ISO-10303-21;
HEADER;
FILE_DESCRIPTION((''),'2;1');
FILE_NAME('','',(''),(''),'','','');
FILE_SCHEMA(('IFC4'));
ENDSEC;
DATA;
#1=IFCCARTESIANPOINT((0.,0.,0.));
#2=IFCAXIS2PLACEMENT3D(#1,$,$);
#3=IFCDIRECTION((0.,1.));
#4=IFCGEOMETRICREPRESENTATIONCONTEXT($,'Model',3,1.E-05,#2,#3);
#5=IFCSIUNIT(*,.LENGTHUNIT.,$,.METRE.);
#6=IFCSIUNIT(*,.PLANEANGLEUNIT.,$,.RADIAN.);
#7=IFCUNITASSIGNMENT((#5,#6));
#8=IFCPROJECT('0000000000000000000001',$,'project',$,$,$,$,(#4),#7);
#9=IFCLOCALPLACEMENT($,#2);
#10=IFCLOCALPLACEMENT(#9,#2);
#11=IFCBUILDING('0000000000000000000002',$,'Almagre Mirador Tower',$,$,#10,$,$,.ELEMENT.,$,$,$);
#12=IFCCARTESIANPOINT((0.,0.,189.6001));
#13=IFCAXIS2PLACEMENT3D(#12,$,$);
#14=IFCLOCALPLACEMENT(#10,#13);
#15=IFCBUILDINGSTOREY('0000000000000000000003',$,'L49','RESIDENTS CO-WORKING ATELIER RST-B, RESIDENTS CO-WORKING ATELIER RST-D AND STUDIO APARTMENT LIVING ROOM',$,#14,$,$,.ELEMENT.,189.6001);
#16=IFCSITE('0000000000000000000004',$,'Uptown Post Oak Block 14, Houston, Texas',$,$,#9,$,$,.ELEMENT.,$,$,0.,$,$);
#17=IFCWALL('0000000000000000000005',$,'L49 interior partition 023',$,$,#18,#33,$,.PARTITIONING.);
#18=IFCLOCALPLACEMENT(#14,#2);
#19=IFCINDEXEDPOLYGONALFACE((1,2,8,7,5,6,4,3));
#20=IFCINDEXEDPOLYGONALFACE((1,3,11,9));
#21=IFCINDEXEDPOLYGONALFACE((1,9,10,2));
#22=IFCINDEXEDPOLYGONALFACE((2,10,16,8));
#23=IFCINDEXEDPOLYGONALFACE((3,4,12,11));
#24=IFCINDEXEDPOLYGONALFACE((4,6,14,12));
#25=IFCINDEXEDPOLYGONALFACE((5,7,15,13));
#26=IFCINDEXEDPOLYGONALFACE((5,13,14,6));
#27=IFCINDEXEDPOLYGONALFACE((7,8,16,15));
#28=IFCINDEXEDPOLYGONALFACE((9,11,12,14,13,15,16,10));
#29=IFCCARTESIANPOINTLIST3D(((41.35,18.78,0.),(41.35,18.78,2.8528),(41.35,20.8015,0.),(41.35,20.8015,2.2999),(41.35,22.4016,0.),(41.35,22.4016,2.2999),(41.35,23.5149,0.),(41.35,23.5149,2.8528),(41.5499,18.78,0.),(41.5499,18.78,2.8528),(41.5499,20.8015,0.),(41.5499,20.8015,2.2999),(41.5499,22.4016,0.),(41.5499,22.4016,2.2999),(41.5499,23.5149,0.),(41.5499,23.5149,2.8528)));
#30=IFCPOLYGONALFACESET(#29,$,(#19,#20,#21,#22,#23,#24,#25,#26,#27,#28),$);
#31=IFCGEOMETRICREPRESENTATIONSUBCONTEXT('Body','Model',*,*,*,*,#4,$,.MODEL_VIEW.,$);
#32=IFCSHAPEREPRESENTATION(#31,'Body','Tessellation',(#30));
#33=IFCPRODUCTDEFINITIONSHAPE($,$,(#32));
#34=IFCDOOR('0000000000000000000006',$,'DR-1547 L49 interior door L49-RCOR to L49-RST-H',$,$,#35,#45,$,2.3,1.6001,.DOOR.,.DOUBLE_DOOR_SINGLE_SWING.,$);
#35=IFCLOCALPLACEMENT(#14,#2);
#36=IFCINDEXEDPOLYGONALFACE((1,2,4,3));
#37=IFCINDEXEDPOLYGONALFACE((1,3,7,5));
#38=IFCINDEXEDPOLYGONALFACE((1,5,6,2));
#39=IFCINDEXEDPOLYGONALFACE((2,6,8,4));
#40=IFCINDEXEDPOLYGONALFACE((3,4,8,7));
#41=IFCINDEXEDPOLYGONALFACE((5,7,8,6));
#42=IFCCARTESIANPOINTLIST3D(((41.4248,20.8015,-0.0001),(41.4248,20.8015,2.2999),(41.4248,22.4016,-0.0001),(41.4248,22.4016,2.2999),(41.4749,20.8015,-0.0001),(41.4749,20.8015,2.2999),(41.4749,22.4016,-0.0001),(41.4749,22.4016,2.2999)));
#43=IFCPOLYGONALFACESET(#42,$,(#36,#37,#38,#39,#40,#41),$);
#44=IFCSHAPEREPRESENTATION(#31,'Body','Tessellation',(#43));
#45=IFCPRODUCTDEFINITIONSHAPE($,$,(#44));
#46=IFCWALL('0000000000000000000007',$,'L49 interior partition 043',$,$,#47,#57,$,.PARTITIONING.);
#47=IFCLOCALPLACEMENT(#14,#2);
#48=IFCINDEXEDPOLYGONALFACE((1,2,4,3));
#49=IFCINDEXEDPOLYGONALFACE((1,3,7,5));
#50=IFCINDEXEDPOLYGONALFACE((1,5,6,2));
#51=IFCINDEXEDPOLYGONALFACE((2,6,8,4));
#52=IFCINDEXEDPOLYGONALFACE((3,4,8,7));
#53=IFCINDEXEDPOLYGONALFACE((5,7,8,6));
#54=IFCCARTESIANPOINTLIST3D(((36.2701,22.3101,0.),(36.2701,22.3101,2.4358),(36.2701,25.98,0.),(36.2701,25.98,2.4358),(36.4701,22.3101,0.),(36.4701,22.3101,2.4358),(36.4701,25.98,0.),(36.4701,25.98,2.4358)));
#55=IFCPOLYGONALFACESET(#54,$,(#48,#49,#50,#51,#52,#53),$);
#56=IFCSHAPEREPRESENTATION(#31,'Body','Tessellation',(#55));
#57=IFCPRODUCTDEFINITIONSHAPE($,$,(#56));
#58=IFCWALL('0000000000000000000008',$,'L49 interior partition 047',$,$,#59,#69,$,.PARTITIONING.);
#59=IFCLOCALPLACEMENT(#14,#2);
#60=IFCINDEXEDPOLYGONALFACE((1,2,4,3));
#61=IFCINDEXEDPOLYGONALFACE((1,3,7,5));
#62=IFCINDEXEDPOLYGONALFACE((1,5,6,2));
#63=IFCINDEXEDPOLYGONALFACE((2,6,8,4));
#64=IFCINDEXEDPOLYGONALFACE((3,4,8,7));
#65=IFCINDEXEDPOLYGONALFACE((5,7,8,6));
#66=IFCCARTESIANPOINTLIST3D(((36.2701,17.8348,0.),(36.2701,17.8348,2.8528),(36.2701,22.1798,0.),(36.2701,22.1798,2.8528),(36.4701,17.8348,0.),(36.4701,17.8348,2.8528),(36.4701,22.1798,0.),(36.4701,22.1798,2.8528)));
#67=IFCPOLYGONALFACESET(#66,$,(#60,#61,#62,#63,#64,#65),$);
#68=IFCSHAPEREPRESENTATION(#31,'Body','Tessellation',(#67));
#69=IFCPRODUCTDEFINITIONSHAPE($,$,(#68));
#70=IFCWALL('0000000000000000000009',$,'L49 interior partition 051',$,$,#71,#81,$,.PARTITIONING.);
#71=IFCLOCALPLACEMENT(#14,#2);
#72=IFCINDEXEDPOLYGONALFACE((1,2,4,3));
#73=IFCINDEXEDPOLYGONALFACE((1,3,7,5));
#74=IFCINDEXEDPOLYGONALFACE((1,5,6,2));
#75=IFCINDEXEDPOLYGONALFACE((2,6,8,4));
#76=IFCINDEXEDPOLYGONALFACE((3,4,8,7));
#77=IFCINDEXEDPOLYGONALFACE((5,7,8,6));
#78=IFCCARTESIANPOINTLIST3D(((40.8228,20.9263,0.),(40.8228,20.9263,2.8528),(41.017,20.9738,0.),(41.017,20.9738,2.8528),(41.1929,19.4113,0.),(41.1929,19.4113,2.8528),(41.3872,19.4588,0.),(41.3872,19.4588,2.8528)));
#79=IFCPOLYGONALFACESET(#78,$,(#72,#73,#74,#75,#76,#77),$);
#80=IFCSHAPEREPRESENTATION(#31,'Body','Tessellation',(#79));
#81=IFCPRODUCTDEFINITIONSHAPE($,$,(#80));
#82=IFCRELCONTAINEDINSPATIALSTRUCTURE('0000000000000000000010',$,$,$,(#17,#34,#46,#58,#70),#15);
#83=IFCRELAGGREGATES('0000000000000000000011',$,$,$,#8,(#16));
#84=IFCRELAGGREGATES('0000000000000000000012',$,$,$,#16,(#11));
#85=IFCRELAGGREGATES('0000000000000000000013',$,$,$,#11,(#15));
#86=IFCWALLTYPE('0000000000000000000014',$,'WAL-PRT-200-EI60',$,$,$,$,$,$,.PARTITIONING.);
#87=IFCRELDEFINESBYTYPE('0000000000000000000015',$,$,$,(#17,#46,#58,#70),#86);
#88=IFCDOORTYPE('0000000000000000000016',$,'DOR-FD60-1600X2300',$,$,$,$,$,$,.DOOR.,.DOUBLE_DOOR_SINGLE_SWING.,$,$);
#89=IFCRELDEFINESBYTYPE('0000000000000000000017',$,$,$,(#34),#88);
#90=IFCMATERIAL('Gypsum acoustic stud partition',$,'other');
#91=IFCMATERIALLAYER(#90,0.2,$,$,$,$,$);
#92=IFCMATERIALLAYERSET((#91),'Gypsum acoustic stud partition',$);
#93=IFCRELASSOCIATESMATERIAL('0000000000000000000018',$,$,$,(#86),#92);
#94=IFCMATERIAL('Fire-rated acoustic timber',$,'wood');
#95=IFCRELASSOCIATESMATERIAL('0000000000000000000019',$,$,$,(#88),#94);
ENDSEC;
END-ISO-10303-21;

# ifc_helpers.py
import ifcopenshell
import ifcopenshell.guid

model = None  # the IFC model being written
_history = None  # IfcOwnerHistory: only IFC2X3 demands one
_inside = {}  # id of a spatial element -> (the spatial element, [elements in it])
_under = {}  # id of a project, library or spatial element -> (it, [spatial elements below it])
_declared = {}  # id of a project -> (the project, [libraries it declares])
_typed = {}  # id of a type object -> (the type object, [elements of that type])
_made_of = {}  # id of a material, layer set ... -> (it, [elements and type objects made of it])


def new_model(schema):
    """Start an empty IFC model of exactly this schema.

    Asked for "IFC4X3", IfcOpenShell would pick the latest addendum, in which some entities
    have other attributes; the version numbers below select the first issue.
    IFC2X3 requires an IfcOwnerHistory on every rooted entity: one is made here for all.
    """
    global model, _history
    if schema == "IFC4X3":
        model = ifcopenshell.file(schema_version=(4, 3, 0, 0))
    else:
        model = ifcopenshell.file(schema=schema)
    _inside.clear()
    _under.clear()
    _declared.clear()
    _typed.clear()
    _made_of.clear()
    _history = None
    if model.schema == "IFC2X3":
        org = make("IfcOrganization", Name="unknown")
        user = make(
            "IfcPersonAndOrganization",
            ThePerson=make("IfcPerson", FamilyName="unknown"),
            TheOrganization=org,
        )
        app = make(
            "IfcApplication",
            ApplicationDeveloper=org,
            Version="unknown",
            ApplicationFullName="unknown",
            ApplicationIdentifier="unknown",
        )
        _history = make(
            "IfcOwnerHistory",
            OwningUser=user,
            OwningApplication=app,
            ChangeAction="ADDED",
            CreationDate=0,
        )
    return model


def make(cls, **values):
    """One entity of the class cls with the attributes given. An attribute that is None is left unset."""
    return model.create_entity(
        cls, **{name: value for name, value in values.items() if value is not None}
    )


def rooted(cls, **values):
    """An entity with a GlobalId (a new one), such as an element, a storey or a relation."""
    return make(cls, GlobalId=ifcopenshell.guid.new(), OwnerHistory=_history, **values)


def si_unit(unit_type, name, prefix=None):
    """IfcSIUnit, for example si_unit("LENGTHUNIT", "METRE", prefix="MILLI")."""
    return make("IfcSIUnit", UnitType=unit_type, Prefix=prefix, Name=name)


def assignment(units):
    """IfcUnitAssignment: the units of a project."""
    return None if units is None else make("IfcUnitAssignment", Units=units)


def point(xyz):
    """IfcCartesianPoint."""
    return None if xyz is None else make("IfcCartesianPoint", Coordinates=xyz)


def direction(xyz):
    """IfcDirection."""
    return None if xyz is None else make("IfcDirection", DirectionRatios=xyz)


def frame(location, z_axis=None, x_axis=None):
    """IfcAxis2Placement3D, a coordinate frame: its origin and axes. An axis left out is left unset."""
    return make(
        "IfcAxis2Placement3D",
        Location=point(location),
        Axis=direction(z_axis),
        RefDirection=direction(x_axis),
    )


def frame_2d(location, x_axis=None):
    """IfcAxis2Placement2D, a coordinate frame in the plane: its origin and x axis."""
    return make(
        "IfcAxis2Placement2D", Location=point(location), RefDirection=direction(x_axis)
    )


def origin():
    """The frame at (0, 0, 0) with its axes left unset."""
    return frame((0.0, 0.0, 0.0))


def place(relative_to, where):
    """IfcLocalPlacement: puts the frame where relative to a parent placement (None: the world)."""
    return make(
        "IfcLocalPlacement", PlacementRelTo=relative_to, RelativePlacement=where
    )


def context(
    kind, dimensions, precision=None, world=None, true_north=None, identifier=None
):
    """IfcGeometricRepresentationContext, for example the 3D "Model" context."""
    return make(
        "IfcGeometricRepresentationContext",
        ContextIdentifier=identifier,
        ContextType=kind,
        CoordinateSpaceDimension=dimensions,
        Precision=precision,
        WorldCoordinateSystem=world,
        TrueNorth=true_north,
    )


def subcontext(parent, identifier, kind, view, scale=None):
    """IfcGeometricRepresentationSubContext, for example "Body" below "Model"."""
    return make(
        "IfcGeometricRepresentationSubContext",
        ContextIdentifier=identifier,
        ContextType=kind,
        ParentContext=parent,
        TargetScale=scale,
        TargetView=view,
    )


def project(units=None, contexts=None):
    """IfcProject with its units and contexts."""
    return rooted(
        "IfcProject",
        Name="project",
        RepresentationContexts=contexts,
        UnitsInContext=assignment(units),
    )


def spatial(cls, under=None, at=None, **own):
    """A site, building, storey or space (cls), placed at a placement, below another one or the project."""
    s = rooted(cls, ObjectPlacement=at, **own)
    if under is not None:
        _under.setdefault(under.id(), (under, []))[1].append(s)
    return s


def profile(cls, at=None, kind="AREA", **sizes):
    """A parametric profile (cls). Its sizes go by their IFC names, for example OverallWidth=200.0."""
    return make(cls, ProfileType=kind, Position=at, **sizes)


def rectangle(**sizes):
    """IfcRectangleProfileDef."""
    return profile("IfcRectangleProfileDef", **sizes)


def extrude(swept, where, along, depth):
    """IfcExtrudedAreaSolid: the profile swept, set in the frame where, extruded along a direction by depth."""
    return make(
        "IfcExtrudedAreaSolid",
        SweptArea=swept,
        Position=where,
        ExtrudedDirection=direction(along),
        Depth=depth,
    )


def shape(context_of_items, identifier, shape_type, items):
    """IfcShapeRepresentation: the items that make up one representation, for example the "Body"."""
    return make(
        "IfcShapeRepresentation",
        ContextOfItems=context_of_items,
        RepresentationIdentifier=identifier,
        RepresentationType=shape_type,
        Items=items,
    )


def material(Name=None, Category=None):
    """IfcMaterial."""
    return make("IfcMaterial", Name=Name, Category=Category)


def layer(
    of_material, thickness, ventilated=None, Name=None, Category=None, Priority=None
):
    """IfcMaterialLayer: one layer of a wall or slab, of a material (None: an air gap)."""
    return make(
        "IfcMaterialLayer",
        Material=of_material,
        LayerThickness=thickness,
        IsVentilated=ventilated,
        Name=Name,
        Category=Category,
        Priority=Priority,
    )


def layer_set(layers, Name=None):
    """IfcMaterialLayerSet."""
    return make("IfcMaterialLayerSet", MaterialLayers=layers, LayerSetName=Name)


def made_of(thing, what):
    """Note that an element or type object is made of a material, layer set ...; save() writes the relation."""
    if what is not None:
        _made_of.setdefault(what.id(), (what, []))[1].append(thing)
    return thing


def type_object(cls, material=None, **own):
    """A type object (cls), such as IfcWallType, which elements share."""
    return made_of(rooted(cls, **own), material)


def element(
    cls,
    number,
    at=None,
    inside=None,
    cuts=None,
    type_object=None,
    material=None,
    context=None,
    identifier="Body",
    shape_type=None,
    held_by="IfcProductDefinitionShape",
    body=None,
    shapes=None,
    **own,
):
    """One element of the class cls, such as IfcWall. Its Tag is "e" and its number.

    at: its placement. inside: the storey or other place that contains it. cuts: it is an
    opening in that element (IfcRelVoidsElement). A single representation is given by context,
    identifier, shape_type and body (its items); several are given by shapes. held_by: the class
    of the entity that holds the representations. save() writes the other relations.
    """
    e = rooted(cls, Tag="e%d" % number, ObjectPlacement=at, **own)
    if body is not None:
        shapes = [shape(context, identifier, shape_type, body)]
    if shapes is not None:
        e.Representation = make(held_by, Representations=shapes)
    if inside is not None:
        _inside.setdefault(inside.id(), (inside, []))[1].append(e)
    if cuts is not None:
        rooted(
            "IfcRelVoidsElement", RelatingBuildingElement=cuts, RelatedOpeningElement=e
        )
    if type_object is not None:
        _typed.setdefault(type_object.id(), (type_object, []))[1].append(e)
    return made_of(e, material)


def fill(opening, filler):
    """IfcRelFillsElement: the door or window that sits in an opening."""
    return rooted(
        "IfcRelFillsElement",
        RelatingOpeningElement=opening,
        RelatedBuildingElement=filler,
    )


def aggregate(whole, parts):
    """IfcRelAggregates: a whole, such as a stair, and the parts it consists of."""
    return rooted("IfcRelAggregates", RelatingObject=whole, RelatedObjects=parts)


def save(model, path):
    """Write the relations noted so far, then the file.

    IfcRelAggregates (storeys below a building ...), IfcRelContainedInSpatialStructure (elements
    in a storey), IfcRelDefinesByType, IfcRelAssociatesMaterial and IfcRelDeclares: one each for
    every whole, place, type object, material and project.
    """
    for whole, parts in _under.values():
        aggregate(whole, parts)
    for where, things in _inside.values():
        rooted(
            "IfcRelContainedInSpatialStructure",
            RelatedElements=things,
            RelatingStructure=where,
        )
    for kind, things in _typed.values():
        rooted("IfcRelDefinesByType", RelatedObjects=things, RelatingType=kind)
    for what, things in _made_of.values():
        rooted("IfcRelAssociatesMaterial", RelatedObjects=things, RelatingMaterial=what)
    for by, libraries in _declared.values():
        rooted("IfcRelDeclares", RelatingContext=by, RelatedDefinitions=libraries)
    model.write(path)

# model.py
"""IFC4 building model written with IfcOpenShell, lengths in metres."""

from ifc_helpers import new_model, si_unit, direction, frame, frame_2d, origin, place, context, subcontext, project, spatial, rectangle, extrude, material, layer, layer_set, type_object, element, fill, save


model = new_model("IFC4")

# Units and contexts
model_context = context("Model", 3, precision=1e-05, world=origin(), true_north=direction((0.0, 1.0)))
body_context = subcontext(model_context, "Body", "Model", "MODEL_VIEW")
ifc_project = project(units=[si_unit("LENGTHUNIT", "METRE"), si_unit("PLANEANGLEUNIT", "RADIAN")], contexts=[model_context])

# Site, building, storey
site_placement = place(None, origin())
site = spatial("IfcSite", under=ifc_project, at=site_placement, Name="Uptown Post Oak Block 14, Houston, Texas", CompositionType="ELEMENT", RefElevation=0.0)
building_placement = place(site_placement, origin())
building = spatial("IfcBuilding", under=site, at=building_placement, Name="Almagre Mirador Tower", CompositionType="ELEMENT")
storey_placement = place(building_placement, frame((0.0, 0.0, 189.6001)))
storey = spatial("IfcBuildingStorey", under=building, at=storey_placement, Name="L49", Description="RESIDENTS CO-WORKING ATELIER RST-B, RESIDENTS CO-WORKING ATELIER RST-D AND STUDIO APARTMENT LIVING ROOM", CompositionType="ELEMENT", Elevation=189.6001)

# Shared definitions
ifc_material_1 = material(Name="Gypsum acoustic stud partition", Category="other")
ifc_layer_1 = layer(ifc_material_1, 0.2)
ifc_layer_set_1 = layer_set([ifc_layer_1], Name="Gypsum acoustic stud partition")
wall_type_1 = type_object("IfcWallType", Name="WAL-PRT-200-EI60", PredefinedType="PARTITIONING", material=ifc_layer_set_1)

# Wall, opening, door
wall_1_placement = place(storey_placement, frame((41.45, 23.5149, 0.0), z_axis=(0.0, 0.0, 1.0), x_axis=(0.0, -1.0, 0.0)))
wall_1 = element("IfcWall", 1, at=wall_1_placement, inside=storey, type_object=wall_type_1, Name="L49 interior partition 023", PredefinedType="PARTITIONING", context=body_context, shape_type="SweptSolid", body=[
    extrude(rectangle(XDim=4.7349, YDim=0.2, at=frame_2d((2.3674, 0.0))), origin(), (0.0, 0.0, 1.0), 2.8528),
])
opening_1_placement = place(wall_1_placement, frame((1.1133, 0.0, 0.0)))
opening_1 = element("IfcOpeningElement", 2, at=opening_1_placement, cuts=wall_1, PredefinedType="OPENING", context=body_context, shape_type="SweptSolid", body=[
    extrude(rectangle(XDim=1.6001, YDim=2.3, at=frame_2d((0.8, 1.1499))), frame((0.0, 0.1101, 0.0), z_axis=(0.0, -1.0, 0.0), x_axis=(1.0, 0.0, 0.0)), (0.0, 0.0, 1.0), 0.22),
])
ifc_material_2 = material(Name="Fire-rated acoustic timber", Category="wood")
door_type_1 = type_object("IfcDoorType", Name="DOR-FD60-1600X2300", OperationType="DOUBLE_DOOR_SINGLE_SWING", PredefinedType="DOOR", material=ifc_material_2)
door_1_placement = place(opening_1_placement, origin())
door_1 = element("IfcDoor", 3, at=door_1_placement, inside=storey, type_object=door_type_1, Name="DR-1547 L49 interior door L49-RCOR to L49-RST-H", OperationType="DOUBLE_DOOR_SINGLE_SWING", OverallHeight=2.3, OverallWidth=1.6001, PredefinedType="DOOR", context=body_context, shape_type="SweptSolid", body=[
    extrude(rectangle(XDim=1.6001, YDim=2.3, at=frame_2d((0.8, 1.1499))), frame((0.0, 0.0249, 0.0), z_axis=(0.0, -1.0, 0.0), x_axis=(1.0, 0.0, 0.0)), (0.0, 0.0, 1.0), 0.05),
])
fill(opening_1, door_1)

# Walls
wall_2_placement = place(storey_placement, frame((36.3701, 22.3101, 0.0), z_axis=(0.0, 0.0, 1.0), x_axis=(0.0, 1.0, 0.0)))
element("IfcWall", 4, at=wall_2_placement, inside=storey, type_object=wall_type_1, Name="L49 interior partition 043", PredefinedType="PARTITIONING", context=body_context, shape_type="SweptSolid", body=[
    extrude(rectangle(XDim=3.6699, YDim=0.2, at=frame_2d((1.835, 0.0))), origin(), (0.0, 0.0, 1.0), 2.4358),
])
wall_3_placement = place(storey_placement, frame((36.3701, 17.835, 0.0), z_axis=(0.0, 0.0, 1.0), x_axis=(0.0, 1.0, 0.0)))
element("IfcWall", 5, at=wall_3_placement, inside=storey, type_object=wall_type_1, Name="L49 interior partition 047", PredefinedType="PARTITIONING", context=body_context, shape_type="SweptSolid", body=[
    extrude(rectangle(XDim=4.345, YDim=0.2, at=frame_2d((2.1724, 0.0))), origin(), (0.0, 0.0, 1.0), 2.8528),
])
wall_4_placement = place(storey_placement, frame((41.29, 19.4351, 0.0), z_axis=(0.0, 0.0, 1.0), x_axis=(-0.237338, 0.971427, 0.0)))
element("IfcWall", 6, at=wall_4_placement, inside=storey, type_object=wall_type_1, Name="L49 interior partition 051", PredefinedType="PARTITIONING", context=body_context, shape_type="SweptSolid", body=[
    extrude(rectangle(XDim=1.5596, YDim=0.2, at=frame_2d((0.7798, 0.0))), origin(), (0.0, 0.0, 1.0), 2.8528),
])

save(model, "model.ifc")
